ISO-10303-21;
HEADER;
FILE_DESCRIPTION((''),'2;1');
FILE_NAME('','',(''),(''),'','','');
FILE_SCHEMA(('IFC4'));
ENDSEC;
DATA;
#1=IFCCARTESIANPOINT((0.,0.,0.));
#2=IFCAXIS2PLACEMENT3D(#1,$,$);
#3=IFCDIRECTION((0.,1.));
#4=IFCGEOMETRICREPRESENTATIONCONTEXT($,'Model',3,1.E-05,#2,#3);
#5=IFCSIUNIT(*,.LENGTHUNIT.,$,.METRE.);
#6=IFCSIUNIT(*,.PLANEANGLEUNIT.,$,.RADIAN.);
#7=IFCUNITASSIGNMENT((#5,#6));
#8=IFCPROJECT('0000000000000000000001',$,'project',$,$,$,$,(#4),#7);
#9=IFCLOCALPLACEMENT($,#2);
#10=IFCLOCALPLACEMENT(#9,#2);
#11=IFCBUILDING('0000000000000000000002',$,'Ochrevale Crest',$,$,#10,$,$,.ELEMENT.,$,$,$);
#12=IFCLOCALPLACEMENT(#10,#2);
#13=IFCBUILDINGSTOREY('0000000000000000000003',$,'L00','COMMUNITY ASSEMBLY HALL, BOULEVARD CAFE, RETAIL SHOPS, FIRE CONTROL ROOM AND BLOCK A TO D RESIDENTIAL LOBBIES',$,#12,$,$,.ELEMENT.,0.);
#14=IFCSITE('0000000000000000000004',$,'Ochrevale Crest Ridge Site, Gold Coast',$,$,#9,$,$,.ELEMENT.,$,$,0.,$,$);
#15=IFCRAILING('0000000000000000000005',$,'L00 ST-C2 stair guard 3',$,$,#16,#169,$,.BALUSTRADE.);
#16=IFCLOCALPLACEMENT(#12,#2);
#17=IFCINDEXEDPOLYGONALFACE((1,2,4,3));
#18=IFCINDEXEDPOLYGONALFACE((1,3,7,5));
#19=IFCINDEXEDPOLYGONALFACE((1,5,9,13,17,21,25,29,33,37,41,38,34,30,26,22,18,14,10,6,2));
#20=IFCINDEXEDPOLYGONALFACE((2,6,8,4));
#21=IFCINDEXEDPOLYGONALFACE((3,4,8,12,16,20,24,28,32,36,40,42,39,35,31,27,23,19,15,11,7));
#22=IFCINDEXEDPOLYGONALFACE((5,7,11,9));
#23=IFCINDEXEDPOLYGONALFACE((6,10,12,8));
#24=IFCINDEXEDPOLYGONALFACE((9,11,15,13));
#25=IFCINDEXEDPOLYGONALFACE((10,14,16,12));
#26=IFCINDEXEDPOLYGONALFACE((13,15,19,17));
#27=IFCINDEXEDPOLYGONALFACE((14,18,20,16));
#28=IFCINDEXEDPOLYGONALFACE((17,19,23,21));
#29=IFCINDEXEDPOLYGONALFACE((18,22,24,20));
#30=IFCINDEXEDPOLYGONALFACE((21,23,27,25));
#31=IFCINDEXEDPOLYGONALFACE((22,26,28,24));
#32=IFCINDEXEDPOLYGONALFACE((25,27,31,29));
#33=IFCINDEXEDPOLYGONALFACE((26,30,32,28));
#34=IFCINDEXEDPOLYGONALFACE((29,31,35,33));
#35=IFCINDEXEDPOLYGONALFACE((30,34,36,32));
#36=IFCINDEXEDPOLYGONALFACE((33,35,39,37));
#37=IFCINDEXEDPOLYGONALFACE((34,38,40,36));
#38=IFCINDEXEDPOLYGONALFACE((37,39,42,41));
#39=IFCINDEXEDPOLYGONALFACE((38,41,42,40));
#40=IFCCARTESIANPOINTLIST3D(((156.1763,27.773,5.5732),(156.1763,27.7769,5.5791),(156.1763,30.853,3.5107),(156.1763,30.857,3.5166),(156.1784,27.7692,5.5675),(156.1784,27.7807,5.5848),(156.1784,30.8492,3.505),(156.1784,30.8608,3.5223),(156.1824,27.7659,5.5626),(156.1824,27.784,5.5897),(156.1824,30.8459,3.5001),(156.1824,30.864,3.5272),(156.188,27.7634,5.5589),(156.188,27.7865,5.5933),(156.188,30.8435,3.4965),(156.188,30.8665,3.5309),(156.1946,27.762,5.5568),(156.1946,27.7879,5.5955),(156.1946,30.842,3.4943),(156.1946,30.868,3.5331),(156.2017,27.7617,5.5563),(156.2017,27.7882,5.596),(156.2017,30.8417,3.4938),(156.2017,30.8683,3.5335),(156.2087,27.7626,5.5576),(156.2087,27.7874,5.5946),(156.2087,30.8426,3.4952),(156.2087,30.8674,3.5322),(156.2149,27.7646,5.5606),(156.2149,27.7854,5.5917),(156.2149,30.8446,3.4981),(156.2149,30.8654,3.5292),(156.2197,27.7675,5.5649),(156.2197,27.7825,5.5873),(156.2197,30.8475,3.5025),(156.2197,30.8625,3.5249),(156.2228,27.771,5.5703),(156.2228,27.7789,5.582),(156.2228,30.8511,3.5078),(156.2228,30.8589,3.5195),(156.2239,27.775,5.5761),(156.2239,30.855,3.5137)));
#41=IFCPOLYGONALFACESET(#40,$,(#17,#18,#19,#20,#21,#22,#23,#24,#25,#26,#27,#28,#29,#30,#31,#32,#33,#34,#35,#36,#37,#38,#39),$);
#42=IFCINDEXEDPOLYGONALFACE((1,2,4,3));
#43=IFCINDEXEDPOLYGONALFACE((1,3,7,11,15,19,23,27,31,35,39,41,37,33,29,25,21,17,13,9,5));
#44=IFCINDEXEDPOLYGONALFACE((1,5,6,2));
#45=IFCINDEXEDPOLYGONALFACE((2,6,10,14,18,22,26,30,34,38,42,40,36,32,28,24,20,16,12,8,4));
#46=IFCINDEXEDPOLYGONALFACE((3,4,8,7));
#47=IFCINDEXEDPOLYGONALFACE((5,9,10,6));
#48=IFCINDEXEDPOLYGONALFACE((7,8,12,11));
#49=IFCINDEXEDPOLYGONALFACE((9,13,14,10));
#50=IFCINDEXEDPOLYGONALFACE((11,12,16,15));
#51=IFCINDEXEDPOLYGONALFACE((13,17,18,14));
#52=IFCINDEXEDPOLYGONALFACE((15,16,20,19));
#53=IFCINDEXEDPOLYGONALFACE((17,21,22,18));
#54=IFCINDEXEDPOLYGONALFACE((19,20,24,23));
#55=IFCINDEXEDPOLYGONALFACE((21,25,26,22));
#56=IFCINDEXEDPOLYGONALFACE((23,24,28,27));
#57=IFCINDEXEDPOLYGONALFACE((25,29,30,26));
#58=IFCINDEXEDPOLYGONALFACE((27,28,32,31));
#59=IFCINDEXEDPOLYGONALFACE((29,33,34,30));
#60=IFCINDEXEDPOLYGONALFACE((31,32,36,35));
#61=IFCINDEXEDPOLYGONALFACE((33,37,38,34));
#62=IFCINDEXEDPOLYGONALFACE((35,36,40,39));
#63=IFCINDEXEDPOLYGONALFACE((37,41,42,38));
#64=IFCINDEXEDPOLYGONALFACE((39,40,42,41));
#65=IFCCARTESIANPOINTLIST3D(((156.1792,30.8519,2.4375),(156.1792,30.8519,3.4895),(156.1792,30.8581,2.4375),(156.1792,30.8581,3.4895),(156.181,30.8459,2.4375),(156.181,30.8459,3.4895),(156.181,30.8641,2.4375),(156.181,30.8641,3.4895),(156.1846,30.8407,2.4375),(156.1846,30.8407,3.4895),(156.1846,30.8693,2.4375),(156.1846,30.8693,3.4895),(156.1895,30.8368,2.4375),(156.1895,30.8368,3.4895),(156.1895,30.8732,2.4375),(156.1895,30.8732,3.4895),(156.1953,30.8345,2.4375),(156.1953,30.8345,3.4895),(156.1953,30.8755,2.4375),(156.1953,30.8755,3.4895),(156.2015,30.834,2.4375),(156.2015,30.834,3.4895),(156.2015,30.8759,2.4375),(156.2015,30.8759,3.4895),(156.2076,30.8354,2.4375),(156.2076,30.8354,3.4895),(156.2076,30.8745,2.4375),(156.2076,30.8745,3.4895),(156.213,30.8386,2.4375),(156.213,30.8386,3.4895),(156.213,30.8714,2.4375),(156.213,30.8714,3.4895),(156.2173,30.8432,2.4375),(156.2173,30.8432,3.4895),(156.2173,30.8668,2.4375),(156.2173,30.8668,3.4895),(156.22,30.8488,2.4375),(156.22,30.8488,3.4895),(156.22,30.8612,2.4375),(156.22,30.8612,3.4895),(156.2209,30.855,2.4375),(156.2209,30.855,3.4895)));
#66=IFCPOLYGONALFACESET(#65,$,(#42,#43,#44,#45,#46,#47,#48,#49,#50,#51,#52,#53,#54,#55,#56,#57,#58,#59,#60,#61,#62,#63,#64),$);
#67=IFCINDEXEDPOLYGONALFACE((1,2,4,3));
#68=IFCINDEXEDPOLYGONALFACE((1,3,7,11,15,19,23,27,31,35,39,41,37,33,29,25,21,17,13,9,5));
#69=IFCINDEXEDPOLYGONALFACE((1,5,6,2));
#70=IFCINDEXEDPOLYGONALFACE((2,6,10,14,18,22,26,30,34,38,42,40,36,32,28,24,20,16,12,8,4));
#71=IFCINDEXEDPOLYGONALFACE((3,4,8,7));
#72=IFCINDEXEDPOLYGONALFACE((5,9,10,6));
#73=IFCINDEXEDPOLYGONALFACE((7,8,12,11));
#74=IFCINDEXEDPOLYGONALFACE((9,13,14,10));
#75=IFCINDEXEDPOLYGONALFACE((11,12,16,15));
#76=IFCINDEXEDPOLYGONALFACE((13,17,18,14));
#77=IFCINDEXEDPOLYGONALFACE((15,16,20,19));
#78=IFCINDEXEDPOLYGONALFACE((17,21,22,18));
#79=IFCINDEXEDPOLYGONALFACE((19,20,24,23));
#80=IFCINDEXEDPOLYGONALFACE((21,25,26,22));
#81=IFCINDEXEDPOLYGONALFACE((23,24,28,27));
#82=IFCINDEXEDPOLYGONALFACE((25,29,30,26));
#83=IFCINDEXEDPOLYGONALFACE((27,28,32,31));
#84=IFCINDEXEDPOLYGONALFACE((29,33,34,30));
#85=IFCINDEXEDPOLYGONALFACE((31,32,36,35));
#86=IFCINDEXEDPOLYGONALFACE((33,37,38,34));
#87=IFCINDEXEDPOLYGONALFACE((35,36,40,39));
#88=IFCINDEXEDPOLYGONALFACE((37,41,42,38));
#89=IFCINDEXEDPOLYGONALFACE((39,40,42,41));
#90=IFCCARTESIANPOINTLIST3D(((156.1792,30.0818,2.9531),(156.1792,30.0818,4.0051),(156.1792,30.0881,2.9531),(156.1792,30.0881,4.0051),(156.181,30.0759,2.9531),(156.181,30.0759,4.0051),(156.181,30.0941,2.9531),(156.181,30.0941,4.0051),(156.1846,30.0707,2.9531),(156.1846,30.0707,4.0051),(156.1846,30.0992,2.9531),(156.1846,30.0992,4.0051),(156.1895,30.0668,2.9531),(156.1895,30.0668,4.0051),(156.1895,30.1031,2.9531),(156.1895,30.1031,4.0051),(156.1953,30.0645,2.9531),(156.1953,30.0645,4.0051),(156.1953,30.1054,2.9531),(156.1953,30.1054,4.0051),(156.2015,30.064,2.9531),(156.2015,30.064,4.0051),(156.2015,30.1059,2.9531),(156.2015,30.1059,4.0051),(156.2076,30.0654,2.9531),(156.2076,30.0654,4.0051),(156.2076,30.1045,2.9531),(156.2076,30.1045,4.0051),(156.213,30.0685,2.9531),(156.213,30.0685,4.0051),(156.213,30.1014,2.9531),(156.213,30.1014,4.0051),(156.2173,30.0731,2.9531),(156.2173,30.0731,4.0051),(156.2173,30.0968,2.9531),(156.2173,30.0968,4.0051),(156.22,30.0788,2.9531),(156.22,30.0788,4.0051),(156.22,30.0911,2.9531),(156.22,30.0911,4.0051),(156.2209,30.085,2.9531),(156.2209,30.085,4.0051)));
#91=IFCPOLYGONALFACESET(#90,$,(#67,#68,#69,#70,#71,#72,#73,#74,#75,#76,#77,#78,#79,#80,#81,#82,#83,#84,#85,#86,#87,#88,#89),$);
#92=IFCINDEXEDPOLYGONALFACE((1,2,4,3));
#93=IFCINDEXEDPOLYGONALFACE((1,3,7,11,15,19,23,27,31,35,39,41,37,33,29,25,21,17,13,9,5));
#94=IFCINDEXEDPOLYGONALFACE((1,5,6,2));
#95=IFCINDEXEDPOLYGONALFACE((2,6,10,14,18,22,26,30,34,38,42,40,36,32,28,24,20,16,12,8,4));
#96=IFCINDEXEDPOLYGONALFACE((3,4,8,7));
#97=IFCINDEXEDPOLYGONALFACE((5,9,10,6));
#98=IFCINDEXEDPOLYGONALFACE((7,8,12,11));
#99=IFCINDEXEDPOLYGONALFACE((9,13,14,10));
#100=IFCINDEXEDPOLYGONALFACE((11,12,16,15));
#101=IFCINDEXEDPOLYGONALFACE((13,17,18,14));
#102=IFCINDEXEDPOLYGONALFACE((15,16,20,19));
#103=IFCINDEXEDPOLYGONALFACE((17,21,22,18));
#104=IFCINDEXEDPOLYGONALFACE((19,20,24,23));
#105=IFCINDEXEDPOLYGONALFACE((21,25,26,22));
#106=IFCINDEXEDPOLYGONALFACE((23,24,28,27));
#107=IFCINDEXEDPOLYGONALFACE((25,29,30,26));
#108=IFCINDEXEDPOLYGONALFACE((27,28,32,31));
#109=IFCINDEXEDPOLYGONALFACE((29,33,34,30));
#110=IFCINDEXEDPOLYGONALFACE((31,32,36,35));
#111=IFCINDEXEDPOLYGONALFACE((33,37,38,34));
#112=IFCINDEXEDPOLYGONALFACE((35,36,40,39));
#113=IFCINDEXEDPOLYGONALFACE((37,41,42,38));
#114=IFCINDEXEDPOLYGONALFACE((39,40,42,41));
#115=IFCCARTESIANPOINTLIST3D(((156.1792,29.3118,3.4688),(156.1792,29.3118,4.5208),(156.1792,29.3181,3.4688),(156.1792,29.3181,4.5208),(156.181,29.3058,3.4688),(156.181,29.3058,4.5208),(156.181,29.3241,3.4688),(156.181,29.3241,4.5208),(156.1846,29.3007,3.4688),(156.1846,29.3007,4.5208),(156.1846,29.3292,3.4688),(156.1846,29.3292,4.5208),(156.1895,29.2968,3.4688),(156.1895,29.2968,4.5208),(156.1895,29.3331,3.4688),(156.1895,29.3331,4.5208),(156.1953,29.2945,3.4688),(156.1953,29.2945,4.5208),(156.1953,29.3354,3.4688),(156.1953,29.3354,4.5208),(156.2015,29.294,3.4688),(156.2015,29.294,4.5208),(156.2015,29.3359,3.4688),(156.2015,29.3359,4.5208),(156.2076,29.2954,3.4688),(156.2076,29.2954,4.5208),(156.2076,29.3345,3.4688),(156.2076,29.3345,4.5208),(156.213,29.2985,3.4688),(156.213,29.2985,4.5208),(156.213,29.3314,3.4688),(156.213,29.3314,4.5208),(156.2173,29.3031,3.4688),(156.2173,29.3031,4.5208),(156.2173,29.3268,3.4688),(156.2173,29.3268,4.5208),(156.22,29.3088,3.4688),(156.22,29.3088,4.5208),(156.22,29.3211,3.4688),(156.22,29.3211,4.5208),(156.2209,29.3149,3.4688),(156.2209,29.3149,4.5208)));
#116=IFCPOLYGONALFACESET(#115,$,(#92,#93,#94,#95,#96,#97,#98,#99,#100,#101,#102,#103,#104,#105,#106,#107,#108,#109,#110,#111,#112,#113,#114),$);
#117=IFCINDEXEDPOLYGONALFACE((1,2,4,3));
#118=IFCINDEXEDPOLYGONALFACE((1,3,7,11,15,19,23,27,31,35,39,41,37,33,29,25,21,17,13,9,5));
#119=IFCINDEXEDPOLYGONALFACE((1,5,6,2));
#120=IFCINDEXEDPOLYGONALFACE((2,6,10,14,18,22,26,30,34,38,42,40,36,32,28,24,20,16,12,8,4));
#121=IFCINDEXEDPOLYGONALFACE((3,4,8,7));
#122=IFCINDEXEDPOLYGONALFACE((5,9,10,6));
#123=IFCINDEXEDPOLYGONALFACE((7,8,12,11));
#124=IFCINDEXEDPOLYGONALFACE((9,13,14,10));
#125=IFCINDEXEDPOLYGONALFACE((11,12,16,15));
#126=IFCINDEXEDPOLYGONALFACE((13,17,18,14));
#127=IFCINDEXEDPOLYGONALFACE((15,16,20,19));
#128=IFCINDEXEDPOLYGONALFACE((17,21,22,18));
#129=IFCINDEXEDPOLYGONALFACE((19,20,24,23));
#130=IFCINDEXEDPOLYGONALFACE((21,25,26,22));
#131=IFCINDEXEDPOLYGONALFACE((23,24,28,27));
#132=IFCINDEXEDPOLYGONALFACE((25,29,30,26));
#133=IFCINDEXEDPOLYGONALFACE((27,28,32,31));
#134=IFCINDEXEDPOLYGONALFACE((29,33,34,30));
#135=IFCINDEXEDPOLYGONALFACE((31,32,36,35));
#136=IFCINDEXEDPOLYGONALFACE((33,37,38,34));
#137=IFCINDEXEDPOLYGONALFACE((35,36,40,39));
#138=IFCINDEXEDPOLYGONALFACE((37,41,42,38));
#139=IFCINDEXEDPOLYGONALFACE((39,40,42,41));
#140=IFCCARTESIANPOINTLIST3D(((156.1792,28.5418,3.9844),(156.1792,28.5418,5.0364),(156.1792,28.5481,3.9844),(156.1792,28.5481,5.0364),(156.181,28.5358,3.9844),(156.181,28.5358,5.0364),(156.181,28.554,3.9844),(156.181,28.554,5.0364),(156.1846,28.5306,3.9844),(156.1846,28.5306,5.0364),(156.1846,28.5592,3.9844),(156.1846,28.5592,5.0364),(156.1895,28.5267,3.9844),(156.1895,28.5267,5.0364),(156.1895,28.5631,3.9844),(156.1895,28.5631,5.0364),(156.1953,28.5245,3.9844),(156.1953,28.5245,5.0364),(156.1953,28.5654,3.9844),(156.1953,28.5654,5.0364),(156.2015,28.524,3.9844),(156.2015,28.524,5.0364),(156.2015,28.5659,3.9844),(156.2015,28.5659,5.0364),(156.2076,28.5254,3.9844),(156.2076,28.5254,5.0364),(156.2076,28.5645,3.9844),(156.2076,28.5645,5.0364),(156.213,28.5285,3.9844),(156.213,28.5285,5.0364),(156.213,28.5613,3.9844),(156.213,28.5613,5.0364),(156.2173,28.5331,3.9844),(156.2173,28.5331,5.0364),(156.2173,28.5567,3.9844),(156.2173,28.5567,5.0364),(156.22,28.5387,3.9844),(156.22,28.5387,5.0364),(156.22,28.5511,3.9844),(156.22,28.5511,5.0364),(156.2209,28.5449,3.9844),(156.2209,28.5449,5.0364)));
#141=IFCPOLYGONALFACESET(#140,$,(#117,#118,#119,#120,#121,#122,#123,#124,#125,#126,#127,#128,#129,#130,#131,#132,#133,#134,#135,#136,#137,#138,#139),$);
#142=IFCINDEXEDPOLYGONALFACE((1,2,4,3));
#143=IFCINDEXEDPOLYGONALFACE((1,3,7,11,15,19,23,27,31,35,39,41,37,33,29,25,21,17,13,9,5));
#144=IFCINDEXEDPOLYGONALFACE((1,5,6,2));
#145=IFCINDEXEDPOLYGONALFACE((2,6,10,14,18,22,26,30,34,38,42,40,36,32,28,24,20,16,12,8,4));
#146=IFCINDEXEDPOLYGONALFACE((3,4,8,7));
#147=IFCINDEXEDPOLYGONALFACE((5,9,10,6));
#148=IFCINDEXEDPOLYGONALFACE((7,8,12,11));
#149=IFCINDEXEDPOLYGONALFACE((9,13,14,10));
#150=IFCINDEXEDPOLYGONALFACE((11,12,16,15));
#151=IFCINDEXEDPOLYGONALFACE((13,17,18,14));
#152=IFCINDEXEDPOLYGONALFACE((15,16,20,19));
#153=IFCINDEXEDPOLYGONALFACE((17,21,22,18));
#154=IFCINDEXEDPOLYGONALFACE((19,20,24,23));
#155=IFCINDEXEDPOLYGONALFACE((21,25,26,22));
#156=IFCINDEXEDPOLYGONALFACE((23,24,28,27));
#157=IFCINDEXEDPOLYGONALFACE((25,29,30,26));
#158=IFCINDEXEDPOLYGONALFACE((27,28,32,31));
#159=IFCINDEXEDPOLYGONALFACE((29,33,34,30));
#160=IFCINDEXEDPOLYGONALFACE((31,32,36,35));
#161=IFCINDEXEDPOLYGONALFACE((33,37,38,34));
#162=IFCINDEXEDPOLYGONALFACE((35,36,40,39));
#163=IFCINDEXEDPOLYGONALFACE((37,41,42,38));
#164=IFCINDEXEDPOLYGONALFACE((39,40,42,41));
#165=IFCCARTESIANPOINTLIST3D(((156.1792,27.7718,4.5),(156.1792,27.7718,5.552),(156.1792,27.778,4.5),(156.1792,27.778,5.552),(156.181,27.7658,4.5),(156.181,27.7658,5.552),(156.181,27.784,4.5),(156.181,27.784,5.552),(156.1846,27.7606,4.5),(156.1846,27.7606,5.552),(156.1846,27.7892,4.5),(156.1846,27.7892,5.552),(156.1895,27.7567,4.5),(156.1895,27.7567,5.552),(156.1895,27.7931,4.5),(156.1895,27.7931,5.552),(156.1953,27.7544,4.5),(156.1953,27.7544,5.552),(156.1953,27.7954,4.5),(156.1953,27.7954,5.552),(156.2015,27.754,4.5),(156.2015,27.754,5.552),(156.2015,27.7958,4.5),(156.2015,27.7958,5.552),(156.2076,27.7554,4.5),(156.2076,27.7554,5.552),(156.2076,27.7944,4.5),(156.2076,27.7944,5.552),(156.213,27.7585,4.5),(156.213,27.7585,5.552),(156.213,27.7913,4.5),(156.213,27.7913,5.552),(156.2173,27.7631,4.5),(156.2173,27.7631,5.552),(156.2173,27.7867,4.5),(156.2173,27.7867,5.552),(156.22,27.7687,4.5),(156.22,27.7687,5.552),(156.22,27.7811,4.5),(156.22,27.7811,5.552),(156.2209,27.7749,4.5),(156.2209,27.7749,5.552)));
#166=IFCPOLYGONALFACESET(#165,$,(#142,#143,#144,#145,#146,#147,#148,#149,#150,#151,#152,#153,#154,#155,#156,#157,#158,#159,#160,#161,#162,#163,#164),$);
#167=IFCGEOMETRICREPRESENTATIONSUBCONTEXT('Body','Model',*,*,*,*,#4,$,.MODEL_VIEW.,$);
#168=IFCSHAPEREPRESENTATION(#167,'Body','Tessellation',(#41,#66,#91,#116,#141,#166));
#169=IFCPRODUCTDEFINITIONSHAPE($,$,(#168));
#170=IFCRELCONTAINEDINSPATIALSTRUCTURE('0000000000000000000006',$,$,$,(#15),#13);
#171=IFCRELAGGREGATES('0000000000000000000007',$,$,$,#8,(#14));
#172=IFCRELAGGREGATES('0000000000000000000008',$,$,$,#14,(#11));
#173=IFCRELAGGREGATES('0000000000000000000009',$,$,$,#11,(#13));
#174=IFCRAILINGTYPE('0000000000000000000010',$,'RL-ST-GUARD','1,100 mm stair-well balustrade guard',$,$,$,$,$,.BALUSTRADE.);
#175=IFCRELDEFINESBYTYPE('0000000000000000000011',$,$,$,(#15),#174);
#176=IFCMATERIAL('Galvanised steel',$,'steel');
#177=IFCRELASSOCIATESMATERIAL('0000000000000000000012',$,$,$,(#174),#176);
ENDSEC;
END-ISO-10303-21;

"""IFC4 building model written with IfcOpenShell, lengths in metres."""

from ifc_helpers import new_model, si_unit, direction, frame, origin, origin_2d, place, context, subcontext, project, spatial, circle, extrude, material, type_object, element, save


model = new_model("IFC4")

# Units and contexts
model_context = context("Model", 3, precision=1e-05, world=origin(), true_north=direction((0.0, 1.0)))
body_context = subcontext(model_context, "Body", "Model", "MODEL_VIEW")
ifc_project = project(units=[si_unit("LENGTHUNIT", "METRE"), si_unit("PLANEANGLEUNIT", "RADIAN")], contexts=[model_context])

# Site, building, storey
site_placement = place(None, origin())
site = spatial("IfcSite", under=ifc_project, at=site_placement, Name="Ochrevale Crest Ridge Site, Gold Coast", CompositionType="ELEMENT", RefElevation=0.0)
building_placement = place(site_placement, origin())
building = spatial("IfcBuilding", under=site, at=building_placement, Name="Ochrevale Crest", CompositionType="ELEMENT")
storey_placement = place(building_placement, origin())
storey = spatial("IfcBuildingStorey", under=building, at=storey_placement, Name="L00", Description="COMMUNITY ASSEMBLY HALL, BOULEVARD CAFE, RETAIL SHOPS, FIRE CONTROL ROOM AND BLOCK A TO D RESIDENTIAL LOBBIES", CompositionType="ELEMENT", Elevation=0.0)

# Railing
ifc_material_1 = material(Name="Galvanised steel", Category="steel")
railing_type_1 = type_object("IfcRailingType", Name="RL-ST-GUARD", Description="1,100 mm stair-well balustrade guard", PredefinedType="BALUSTRADE", material=ifc_material_1)
railing_1_placement = place(storey_placement, frame((156.2, 30.855, 2.4375)))
element("IfcRailing", 1, at=railing_1_placement, inside=storey, type_object=railing_type_1, Name="L00 ST-C2 stair guard 3", PredefinedType="BALUSTRADE", context=body_context, shape_type="SweptSolid", body=[
    extrude(circle(Radius=0.0239, at=origin_2d()), frame((0.0, 0.0, 1.0762), z_axis=(0.0, -0.830914, 0.556401), x_axis=(1.0, 0.0, 0.0)), (0.0, 0.0, 1.0), 3.7068),
    extrude(circle(Radius=0.021, at=origin_2d()), origin(), (0.0, 0.0, 1.0), 1.052),
    extrude(circle(Radius=0.021, at=origin_2d()), frame((0.0, -0.77, 0.5156)), (0.0, 0.0, 1.0), 1.052),
    extrude(circle(Radius=0.021, at=origin_2d()), frame((0.0, -1.54, 1.0312)), (0.0, 0.0, 1.0), 1.052),
    extrude(circle(Radius=0.021, at=origin_2d()), frame((0.0, -2.3101, 1.5469)), (0.0, 0.0, 1.0), 1.052),
    extrude(circle(Radius=0.021, at=origin_2d()), frame((0.0, -3.0801, 2.0625)), (0.0, 0.0, 1.0), 1.052),
])

save(model, "model.ifc")
